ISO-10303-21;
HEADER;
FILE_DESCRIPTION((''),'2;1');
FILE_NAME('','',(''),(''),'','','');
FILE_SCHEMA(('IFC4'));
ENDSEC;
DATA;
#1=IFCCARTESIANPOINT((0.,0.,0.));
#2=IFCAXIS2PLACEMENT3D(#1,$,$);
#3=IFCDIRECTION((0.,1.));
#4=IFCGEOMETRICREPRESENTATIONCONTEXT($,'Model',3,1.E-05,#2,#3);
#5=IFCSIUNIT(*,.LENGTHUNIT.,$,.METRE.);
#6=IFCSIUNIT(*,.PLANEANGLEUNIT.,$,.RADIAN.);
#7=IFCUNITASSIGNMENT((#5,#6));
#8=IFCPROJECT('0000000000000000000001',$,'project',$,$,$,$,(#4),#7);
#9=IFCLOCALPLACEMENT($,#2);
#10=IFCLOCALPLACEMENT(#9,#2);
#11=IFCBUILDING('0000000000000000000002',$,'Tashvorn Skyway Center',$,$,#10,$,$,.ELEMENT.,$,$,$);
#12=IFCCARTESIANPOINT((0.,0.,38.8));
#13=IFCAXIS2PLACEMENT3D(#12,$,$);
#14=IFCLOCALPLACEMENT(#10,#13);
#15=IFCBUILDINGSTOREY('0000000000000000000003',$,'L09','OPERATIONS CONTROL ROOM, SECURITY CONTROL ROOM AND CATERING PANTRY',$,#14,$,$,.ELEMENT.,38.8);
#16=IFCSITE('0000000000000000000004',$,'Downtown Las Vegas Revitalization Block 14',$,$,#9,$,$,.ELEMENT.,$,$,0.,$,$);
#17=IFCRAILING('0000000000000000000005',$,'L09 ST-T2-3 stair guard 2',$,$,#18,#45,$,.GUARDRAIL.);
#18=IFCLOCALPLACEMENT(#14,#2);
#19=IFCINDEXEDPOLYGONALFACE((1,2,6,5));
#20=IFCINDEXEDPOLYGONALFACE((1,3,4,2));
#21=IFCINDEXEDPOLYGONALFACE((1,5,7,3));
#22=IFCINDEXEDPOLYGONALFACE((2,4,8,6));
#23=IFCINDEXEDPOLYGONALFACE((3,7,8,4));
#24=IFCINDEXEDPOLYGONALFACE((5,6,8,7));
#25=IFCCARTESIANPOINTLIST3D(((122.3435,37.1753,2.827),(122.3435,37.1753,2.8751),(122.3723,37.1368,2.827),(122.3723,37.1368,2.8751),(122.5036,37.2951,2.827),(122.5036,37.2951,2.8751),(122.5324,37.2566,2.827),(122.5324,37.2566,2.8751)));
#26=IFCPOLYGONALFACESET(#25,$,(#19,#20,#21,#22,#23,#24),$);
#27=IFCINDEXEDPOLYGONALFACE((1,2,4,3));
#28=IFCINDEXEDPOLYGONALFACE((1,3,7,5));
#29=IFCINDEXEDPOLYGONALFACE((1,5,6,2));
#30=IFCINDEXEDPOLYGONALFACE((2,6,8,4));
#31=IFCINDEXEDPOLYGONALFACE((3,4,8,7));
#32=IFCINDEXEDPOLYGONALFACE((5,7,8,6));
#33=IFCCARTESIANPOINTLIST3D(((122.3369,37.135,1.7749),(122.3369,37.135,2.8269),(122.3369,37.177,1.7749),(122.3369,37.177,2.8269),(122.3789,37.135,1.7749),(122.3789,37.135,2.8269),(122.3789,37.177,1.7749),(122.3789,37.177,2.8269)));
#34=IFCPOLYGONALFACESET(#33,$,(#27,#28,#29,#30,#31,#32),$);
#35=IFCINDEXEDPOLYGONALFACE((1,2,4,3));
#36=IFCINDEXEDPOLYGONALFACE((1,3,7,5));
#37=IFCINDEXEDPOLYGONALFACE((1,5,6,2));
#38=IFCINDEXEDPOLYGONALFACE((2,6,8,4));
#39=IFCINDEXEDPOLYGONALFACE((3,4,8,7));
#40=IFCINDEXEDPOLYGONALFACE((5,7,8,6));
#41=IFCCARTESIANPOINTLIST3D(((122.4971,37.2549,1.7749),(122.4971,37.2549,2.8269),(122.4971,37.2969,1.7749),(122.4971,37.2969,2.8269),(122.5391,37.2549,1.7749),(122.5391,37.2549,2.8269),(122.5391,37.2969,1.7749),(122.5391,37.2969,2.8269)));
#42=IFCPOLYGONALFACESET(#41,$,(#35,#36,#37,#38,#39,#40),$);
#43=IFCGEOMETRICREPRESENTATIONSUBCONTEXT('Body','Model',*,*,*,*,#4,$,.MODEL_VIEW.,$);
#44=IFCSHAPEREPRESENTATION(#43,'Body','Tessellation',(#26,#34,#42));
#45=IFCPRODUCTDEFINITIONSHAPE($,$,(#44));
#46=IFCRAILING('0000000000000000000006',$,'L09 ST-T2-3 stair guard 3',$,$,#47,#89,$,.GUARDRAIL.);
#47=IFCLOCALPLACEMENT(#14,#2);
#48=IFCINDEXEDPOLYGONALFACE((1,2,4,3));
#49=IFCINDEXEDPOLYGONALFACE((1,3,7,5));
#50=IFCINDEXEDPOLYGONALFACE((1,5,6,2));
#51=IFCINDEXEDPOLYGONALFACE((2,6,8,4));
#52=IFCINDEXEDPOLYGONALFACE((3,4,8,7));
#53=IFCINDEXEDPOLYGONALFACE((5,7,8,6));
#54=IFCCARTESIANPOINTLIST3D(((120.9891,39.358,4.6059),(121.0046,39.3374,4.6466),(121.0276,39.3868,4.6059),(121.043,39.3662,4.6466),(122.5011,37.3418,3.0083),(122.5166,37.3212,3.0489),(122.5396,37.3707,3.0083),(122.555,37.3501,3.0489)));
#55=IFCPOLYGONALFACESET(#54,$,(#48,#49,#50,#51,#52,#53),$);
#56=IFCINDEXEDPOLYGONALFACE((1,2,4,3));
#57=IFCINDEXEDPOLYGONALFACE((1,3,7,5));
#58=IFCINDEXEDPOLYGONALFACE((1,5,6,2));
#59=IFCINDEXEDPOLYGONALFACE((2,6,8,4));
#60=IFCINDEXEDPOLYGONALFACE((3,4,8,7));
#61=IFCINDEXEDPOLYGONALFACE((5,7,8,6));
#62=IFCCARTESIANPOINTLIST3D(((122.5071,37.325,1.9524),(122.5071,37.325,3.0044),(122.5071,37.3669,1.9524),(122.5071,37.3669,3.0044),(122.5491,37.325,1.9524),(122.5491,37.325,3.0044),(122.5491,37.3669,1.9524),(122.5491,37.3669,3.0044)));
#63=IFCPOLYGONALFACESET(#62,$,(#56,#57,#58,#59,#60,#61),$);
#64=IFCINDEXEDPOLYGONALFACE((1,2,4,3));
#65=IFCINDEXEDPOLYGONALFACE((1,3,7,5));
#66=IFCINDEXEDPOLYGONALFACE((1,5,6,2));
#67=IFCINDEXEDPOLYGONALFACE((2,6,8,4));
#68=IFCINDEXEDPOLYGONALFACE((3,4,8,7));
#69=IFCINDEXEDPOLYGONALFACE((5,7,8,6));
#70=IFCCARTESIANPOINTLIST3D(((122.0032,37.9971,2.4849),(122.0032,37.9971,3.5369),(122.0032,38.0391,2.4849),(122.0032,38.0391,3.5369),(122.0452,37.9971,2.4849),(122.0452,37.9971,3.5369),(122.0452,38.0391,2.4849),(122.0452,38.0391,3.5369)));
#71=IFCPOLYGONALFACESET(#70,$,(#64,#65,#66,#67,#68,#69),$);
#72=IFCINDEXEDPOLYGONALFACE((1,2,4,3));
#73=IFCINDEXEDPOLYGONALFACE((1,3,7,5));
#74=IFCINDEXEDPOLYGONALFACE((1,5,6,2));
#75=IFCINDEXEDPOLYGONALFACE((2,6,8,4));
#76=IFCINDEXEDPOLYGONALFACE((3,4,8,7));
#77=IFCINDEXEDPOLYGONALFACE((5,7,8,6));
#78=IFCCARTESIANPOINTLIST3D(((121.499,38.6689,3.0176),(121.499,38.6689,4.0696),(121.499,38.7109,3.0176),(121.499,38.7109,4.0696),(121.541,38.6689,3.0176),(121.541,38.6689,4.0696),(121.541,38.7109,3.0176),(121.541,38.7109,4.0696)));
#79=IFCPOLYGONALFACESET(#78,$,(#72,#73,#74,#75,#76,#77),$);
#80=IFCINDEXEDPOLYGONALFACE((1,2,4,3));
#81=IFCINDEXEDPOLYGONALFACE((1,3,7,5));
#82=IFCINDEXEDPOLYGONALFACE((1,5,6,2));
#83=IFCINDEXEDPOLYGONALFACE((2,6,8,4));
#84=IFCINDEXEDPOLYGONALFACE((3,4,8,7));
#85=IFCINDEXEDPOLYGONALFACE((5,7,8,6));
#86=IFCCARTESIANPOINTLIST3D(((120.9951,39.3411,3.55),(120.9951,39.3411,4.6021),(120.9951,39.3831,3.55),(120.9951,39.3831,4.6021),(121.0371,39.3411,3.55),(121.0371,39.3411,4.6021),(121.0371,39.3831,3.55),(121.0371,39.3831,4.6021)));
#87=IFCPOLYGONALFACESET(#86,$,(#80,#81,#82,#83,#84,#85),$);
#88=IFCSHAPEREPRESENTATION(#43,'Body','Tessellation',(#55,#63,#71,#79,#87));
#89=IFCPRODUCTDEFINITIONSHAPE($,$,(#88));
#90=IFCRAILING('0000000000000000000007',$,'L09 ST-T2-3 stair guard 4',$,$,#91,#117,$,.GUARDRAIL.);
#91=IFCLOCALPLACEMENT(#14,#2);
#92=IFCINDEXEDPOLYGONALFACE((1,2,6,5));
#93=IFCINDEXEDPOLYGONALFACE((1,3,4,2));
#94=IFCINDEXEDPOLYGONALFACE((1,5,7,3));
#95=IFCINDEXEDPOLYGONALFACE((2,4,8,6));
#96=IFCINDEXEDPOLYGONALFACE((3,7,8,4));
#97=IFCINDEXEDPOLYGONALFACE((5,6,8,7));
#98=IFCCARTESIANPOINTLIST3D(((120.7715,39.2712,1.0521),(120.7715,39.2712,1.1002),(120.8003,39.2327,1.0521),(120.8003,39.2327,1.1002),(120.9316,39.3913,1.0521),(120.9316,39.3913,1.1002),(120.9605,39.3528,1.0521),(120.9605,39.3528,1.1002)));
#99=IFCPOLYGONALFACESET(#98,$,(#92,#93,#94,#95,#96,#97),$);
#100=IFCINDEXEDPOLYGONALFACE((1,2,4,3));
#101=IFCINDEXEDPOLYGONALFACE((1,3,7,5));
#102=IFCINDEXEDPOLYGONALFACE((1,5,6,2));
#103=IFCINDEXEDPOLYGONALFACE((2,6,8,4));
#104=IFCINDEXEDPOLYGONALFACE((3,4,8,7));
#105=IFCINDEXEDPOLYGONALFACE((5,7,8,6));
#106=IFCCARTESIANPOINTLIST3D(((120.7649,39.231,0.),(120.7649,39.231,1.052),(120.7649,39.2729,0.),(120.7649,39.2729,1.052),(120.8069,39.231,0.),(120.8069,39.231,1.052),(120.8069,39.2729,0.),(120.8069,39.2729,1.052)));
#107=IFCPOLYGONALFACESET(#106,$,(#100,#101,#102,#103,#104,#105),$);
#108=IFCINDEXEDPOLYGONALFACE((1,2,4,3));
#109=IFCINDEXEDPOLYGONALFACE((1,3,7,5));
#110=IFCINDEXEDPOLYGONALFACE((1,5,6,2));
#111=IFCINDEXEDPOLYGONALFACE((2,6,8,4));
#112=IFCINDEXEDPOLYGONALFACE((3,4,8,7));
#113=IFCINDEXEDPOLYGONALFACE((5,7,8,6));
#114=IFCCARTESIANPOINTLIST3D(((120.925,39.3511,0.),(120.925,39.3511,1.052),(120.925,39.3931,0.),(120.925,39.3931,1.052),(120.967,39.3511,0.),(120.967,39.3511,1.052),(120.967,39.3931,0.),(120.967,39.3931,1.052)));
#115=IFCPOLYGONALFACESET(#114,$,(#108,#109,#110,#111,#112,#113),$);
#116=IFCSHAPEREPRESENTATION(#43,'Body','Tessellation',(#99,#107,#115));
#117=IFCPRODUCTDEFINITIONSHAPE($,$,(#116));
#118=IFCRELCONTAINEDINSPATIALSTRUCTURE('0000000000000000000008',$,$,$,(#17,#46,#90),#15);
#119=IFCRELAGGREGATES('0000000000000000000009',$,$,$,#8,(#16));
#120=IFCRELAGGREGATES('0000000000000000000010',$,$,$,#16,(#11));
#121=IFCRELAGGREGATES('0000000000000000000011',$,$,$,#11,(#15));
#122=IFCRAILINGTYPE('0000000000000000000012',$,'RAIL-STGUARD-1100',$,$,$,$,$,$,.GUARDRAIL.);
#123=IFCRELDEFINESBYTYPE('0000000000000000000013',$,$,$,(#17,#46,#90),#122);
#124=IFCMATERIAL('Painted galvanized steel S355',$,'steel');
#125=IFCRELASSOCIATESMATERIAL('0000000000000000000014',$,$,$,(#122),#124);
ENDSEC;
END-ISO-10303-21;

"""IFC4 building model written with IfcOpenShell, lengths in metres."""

from ifc_helpers import new_model, si_unit, direction, frame, origin, origin_2d, place, context, subcontext, project, spatial, rectangle, extrude, material, type_object, element, save


model = new_model("IFC4")

# Units and contexts
model_context = context("Model", 3, precision=1e-05, world=origin(), true_north=direction((0.0, 1.0)))
body_context = subcontext(model_context, "Body", "Model", "MODEL_VIEW")
ifc_project = project(units=[si_unit("LENGTHUNIT", "METRE"), si_unit("PLANEANGLEUNIT", "RADIAN")], contexts=[model_context])

# Site, building, storey
site_placement = place(None, origin())
site = spatial("IfcSite", under=ifc_project, at=site_placement, Name="Downtown Las Vegas Revitalization Block 14", CompositionType="ELEMENT", RefElevation=0.0)
building_placement = place(site_placement, origin())
building = spatial("IfcBuilding", under=site, at=building_placement, Name="Tashvorn Skyway Center", CompositionType="ELEMENT")
storey_placement = place(building_placement, frame((0.0, 0.0, 38.8)))
storey = spatial("IfcBuildingStorey", under=building, at=storey_placement, Name="L09", Description="OPERATIONS CONTROL ROOM, SECURITY CONTROL ROOM AND CATERING PANTRY", CompositionType="ELEMENT", Elevation=38.8)

# Railings
ifc_material_1 = material(Name="Painted galvanized steel S355", Category="steel")
railing_type_1 = type_object("IfcRailingType", Name="RAIL-STGUARD-1100", PredefinedType="GUARDRAIL", material=ifc_material_1)
railing_1_placement = place(storey_placement, frame((122.3579, 37.156, 1.7749)))
element("IfcRailing", 1, at=railing_1_placement, inside=storey, type_object=railing_type_1, Name="L09 ST-T2-3 stair guard 2", PredefinedType="GUARDRAIL", context=body_context, shape_type="SweptSolid", body=[
    extrude(rectangle(XDim=0.0481, YDim=0.0481, at=origin_2d()), frame((0.0, 0.0, 1.0762), z_axis=(0.800585, 0.599219, 0.0), x_axis=(-0.599219, 0.800585, 0.0)), (0.0, 0.0, 1.0), 0.2),
    extrude(rectangle(XDim=0.042, YDim=0.042, at=origin_2d()), origin(), (0.0, 0.0, 1.0), 1.052),
    extrude(rectangle(XDim=0.042, YDim=0.042, at=origin_2d()), frame((0.1602, 0.1199, 0.0)), (0.0, 0.0, 1.0), 1.052),
])
railing_2_placement = place(storey_placement, frame((122.5281, 37.3459, 1.9524)))
element("IfcRailing", 2, at=railing_2_placement, inside=storey, type_object=railing_type_1, Name="L09 ST-T2-3 stair guard 3", PredefinedType="GUARDRAIL", context=body_context, shape_type="SweptSolid", body=[
    extrude(rectangle(XDim=0.0481, YDim=0.0481, at=origin_2d()), frame((0.0, 0.0, 1.0762), z_axis=(-0.506719, 0.675679, 0.535438), x_axis=(-0.800023, -0.599969, 0.0)), (0.0, 0.0, 1.0), 2.9839),
    extrude(rectangle(XDim=0.042, YDim=0.042, at=origin_2d()), origin(), (0.0, 0.0, 1.0), 1.052),
    extrude(rectangle(XDim=0.042, YDim=0.042, at=origin_2d()), frame((-0.5039, 0.6721, 0.5325)), (0.0, 0.0, 1.0), 1.052),
    extrude(rectangle(XDim=0.042, YDim=0.042, at=origin_2d()), frame((-1.0081, 1.344, 1.0652)), (0.0, 0.0, 1.0), 1.052),
    extrude(rectangle(XDim=0.042, YDim=0.042, at=origin_2d()), frame((-1.512, 2.0161, 1.5977)), (0.0, 0.0, 1.0), 1.052),
])
railing_3_placement = place(storey_placement, frame((120.7859, 39.252, 0.0)))
element("IfcRailing", 3, at=railing_3_placement, inside=storey, type_object=railing_type_1, Name="L09 ST-T2-3 stair guard 4", PredefinedType="GUARDRAIL", context=body_context, shape_type="SweptSolid", body=[
    extrude(rectangle(XDim=0.0481, YDim=0.0481, at=origin_2d()), frame((0.0, 0.0, 1.0762), z_axis=(0.8, 0.6, 0.0), x_axis=(-0.6, 0.8, 0.0)), (0.0, 0.0, 1.0), 0.2002),
    extrude(rectangle(XDim=0.042, YDim=0.042, at=origin_2d()), origin(), (0.0, 0.0, 1.0), 1.052),
    extrude(rectangle(XDim=0.042, YDim=0.042, at=origin_2d()), frame((0.1602, 0.1201, 0.0)), (0.0, 0.0, 1.0), 1.052),
])

save(model, "model.ifc")
